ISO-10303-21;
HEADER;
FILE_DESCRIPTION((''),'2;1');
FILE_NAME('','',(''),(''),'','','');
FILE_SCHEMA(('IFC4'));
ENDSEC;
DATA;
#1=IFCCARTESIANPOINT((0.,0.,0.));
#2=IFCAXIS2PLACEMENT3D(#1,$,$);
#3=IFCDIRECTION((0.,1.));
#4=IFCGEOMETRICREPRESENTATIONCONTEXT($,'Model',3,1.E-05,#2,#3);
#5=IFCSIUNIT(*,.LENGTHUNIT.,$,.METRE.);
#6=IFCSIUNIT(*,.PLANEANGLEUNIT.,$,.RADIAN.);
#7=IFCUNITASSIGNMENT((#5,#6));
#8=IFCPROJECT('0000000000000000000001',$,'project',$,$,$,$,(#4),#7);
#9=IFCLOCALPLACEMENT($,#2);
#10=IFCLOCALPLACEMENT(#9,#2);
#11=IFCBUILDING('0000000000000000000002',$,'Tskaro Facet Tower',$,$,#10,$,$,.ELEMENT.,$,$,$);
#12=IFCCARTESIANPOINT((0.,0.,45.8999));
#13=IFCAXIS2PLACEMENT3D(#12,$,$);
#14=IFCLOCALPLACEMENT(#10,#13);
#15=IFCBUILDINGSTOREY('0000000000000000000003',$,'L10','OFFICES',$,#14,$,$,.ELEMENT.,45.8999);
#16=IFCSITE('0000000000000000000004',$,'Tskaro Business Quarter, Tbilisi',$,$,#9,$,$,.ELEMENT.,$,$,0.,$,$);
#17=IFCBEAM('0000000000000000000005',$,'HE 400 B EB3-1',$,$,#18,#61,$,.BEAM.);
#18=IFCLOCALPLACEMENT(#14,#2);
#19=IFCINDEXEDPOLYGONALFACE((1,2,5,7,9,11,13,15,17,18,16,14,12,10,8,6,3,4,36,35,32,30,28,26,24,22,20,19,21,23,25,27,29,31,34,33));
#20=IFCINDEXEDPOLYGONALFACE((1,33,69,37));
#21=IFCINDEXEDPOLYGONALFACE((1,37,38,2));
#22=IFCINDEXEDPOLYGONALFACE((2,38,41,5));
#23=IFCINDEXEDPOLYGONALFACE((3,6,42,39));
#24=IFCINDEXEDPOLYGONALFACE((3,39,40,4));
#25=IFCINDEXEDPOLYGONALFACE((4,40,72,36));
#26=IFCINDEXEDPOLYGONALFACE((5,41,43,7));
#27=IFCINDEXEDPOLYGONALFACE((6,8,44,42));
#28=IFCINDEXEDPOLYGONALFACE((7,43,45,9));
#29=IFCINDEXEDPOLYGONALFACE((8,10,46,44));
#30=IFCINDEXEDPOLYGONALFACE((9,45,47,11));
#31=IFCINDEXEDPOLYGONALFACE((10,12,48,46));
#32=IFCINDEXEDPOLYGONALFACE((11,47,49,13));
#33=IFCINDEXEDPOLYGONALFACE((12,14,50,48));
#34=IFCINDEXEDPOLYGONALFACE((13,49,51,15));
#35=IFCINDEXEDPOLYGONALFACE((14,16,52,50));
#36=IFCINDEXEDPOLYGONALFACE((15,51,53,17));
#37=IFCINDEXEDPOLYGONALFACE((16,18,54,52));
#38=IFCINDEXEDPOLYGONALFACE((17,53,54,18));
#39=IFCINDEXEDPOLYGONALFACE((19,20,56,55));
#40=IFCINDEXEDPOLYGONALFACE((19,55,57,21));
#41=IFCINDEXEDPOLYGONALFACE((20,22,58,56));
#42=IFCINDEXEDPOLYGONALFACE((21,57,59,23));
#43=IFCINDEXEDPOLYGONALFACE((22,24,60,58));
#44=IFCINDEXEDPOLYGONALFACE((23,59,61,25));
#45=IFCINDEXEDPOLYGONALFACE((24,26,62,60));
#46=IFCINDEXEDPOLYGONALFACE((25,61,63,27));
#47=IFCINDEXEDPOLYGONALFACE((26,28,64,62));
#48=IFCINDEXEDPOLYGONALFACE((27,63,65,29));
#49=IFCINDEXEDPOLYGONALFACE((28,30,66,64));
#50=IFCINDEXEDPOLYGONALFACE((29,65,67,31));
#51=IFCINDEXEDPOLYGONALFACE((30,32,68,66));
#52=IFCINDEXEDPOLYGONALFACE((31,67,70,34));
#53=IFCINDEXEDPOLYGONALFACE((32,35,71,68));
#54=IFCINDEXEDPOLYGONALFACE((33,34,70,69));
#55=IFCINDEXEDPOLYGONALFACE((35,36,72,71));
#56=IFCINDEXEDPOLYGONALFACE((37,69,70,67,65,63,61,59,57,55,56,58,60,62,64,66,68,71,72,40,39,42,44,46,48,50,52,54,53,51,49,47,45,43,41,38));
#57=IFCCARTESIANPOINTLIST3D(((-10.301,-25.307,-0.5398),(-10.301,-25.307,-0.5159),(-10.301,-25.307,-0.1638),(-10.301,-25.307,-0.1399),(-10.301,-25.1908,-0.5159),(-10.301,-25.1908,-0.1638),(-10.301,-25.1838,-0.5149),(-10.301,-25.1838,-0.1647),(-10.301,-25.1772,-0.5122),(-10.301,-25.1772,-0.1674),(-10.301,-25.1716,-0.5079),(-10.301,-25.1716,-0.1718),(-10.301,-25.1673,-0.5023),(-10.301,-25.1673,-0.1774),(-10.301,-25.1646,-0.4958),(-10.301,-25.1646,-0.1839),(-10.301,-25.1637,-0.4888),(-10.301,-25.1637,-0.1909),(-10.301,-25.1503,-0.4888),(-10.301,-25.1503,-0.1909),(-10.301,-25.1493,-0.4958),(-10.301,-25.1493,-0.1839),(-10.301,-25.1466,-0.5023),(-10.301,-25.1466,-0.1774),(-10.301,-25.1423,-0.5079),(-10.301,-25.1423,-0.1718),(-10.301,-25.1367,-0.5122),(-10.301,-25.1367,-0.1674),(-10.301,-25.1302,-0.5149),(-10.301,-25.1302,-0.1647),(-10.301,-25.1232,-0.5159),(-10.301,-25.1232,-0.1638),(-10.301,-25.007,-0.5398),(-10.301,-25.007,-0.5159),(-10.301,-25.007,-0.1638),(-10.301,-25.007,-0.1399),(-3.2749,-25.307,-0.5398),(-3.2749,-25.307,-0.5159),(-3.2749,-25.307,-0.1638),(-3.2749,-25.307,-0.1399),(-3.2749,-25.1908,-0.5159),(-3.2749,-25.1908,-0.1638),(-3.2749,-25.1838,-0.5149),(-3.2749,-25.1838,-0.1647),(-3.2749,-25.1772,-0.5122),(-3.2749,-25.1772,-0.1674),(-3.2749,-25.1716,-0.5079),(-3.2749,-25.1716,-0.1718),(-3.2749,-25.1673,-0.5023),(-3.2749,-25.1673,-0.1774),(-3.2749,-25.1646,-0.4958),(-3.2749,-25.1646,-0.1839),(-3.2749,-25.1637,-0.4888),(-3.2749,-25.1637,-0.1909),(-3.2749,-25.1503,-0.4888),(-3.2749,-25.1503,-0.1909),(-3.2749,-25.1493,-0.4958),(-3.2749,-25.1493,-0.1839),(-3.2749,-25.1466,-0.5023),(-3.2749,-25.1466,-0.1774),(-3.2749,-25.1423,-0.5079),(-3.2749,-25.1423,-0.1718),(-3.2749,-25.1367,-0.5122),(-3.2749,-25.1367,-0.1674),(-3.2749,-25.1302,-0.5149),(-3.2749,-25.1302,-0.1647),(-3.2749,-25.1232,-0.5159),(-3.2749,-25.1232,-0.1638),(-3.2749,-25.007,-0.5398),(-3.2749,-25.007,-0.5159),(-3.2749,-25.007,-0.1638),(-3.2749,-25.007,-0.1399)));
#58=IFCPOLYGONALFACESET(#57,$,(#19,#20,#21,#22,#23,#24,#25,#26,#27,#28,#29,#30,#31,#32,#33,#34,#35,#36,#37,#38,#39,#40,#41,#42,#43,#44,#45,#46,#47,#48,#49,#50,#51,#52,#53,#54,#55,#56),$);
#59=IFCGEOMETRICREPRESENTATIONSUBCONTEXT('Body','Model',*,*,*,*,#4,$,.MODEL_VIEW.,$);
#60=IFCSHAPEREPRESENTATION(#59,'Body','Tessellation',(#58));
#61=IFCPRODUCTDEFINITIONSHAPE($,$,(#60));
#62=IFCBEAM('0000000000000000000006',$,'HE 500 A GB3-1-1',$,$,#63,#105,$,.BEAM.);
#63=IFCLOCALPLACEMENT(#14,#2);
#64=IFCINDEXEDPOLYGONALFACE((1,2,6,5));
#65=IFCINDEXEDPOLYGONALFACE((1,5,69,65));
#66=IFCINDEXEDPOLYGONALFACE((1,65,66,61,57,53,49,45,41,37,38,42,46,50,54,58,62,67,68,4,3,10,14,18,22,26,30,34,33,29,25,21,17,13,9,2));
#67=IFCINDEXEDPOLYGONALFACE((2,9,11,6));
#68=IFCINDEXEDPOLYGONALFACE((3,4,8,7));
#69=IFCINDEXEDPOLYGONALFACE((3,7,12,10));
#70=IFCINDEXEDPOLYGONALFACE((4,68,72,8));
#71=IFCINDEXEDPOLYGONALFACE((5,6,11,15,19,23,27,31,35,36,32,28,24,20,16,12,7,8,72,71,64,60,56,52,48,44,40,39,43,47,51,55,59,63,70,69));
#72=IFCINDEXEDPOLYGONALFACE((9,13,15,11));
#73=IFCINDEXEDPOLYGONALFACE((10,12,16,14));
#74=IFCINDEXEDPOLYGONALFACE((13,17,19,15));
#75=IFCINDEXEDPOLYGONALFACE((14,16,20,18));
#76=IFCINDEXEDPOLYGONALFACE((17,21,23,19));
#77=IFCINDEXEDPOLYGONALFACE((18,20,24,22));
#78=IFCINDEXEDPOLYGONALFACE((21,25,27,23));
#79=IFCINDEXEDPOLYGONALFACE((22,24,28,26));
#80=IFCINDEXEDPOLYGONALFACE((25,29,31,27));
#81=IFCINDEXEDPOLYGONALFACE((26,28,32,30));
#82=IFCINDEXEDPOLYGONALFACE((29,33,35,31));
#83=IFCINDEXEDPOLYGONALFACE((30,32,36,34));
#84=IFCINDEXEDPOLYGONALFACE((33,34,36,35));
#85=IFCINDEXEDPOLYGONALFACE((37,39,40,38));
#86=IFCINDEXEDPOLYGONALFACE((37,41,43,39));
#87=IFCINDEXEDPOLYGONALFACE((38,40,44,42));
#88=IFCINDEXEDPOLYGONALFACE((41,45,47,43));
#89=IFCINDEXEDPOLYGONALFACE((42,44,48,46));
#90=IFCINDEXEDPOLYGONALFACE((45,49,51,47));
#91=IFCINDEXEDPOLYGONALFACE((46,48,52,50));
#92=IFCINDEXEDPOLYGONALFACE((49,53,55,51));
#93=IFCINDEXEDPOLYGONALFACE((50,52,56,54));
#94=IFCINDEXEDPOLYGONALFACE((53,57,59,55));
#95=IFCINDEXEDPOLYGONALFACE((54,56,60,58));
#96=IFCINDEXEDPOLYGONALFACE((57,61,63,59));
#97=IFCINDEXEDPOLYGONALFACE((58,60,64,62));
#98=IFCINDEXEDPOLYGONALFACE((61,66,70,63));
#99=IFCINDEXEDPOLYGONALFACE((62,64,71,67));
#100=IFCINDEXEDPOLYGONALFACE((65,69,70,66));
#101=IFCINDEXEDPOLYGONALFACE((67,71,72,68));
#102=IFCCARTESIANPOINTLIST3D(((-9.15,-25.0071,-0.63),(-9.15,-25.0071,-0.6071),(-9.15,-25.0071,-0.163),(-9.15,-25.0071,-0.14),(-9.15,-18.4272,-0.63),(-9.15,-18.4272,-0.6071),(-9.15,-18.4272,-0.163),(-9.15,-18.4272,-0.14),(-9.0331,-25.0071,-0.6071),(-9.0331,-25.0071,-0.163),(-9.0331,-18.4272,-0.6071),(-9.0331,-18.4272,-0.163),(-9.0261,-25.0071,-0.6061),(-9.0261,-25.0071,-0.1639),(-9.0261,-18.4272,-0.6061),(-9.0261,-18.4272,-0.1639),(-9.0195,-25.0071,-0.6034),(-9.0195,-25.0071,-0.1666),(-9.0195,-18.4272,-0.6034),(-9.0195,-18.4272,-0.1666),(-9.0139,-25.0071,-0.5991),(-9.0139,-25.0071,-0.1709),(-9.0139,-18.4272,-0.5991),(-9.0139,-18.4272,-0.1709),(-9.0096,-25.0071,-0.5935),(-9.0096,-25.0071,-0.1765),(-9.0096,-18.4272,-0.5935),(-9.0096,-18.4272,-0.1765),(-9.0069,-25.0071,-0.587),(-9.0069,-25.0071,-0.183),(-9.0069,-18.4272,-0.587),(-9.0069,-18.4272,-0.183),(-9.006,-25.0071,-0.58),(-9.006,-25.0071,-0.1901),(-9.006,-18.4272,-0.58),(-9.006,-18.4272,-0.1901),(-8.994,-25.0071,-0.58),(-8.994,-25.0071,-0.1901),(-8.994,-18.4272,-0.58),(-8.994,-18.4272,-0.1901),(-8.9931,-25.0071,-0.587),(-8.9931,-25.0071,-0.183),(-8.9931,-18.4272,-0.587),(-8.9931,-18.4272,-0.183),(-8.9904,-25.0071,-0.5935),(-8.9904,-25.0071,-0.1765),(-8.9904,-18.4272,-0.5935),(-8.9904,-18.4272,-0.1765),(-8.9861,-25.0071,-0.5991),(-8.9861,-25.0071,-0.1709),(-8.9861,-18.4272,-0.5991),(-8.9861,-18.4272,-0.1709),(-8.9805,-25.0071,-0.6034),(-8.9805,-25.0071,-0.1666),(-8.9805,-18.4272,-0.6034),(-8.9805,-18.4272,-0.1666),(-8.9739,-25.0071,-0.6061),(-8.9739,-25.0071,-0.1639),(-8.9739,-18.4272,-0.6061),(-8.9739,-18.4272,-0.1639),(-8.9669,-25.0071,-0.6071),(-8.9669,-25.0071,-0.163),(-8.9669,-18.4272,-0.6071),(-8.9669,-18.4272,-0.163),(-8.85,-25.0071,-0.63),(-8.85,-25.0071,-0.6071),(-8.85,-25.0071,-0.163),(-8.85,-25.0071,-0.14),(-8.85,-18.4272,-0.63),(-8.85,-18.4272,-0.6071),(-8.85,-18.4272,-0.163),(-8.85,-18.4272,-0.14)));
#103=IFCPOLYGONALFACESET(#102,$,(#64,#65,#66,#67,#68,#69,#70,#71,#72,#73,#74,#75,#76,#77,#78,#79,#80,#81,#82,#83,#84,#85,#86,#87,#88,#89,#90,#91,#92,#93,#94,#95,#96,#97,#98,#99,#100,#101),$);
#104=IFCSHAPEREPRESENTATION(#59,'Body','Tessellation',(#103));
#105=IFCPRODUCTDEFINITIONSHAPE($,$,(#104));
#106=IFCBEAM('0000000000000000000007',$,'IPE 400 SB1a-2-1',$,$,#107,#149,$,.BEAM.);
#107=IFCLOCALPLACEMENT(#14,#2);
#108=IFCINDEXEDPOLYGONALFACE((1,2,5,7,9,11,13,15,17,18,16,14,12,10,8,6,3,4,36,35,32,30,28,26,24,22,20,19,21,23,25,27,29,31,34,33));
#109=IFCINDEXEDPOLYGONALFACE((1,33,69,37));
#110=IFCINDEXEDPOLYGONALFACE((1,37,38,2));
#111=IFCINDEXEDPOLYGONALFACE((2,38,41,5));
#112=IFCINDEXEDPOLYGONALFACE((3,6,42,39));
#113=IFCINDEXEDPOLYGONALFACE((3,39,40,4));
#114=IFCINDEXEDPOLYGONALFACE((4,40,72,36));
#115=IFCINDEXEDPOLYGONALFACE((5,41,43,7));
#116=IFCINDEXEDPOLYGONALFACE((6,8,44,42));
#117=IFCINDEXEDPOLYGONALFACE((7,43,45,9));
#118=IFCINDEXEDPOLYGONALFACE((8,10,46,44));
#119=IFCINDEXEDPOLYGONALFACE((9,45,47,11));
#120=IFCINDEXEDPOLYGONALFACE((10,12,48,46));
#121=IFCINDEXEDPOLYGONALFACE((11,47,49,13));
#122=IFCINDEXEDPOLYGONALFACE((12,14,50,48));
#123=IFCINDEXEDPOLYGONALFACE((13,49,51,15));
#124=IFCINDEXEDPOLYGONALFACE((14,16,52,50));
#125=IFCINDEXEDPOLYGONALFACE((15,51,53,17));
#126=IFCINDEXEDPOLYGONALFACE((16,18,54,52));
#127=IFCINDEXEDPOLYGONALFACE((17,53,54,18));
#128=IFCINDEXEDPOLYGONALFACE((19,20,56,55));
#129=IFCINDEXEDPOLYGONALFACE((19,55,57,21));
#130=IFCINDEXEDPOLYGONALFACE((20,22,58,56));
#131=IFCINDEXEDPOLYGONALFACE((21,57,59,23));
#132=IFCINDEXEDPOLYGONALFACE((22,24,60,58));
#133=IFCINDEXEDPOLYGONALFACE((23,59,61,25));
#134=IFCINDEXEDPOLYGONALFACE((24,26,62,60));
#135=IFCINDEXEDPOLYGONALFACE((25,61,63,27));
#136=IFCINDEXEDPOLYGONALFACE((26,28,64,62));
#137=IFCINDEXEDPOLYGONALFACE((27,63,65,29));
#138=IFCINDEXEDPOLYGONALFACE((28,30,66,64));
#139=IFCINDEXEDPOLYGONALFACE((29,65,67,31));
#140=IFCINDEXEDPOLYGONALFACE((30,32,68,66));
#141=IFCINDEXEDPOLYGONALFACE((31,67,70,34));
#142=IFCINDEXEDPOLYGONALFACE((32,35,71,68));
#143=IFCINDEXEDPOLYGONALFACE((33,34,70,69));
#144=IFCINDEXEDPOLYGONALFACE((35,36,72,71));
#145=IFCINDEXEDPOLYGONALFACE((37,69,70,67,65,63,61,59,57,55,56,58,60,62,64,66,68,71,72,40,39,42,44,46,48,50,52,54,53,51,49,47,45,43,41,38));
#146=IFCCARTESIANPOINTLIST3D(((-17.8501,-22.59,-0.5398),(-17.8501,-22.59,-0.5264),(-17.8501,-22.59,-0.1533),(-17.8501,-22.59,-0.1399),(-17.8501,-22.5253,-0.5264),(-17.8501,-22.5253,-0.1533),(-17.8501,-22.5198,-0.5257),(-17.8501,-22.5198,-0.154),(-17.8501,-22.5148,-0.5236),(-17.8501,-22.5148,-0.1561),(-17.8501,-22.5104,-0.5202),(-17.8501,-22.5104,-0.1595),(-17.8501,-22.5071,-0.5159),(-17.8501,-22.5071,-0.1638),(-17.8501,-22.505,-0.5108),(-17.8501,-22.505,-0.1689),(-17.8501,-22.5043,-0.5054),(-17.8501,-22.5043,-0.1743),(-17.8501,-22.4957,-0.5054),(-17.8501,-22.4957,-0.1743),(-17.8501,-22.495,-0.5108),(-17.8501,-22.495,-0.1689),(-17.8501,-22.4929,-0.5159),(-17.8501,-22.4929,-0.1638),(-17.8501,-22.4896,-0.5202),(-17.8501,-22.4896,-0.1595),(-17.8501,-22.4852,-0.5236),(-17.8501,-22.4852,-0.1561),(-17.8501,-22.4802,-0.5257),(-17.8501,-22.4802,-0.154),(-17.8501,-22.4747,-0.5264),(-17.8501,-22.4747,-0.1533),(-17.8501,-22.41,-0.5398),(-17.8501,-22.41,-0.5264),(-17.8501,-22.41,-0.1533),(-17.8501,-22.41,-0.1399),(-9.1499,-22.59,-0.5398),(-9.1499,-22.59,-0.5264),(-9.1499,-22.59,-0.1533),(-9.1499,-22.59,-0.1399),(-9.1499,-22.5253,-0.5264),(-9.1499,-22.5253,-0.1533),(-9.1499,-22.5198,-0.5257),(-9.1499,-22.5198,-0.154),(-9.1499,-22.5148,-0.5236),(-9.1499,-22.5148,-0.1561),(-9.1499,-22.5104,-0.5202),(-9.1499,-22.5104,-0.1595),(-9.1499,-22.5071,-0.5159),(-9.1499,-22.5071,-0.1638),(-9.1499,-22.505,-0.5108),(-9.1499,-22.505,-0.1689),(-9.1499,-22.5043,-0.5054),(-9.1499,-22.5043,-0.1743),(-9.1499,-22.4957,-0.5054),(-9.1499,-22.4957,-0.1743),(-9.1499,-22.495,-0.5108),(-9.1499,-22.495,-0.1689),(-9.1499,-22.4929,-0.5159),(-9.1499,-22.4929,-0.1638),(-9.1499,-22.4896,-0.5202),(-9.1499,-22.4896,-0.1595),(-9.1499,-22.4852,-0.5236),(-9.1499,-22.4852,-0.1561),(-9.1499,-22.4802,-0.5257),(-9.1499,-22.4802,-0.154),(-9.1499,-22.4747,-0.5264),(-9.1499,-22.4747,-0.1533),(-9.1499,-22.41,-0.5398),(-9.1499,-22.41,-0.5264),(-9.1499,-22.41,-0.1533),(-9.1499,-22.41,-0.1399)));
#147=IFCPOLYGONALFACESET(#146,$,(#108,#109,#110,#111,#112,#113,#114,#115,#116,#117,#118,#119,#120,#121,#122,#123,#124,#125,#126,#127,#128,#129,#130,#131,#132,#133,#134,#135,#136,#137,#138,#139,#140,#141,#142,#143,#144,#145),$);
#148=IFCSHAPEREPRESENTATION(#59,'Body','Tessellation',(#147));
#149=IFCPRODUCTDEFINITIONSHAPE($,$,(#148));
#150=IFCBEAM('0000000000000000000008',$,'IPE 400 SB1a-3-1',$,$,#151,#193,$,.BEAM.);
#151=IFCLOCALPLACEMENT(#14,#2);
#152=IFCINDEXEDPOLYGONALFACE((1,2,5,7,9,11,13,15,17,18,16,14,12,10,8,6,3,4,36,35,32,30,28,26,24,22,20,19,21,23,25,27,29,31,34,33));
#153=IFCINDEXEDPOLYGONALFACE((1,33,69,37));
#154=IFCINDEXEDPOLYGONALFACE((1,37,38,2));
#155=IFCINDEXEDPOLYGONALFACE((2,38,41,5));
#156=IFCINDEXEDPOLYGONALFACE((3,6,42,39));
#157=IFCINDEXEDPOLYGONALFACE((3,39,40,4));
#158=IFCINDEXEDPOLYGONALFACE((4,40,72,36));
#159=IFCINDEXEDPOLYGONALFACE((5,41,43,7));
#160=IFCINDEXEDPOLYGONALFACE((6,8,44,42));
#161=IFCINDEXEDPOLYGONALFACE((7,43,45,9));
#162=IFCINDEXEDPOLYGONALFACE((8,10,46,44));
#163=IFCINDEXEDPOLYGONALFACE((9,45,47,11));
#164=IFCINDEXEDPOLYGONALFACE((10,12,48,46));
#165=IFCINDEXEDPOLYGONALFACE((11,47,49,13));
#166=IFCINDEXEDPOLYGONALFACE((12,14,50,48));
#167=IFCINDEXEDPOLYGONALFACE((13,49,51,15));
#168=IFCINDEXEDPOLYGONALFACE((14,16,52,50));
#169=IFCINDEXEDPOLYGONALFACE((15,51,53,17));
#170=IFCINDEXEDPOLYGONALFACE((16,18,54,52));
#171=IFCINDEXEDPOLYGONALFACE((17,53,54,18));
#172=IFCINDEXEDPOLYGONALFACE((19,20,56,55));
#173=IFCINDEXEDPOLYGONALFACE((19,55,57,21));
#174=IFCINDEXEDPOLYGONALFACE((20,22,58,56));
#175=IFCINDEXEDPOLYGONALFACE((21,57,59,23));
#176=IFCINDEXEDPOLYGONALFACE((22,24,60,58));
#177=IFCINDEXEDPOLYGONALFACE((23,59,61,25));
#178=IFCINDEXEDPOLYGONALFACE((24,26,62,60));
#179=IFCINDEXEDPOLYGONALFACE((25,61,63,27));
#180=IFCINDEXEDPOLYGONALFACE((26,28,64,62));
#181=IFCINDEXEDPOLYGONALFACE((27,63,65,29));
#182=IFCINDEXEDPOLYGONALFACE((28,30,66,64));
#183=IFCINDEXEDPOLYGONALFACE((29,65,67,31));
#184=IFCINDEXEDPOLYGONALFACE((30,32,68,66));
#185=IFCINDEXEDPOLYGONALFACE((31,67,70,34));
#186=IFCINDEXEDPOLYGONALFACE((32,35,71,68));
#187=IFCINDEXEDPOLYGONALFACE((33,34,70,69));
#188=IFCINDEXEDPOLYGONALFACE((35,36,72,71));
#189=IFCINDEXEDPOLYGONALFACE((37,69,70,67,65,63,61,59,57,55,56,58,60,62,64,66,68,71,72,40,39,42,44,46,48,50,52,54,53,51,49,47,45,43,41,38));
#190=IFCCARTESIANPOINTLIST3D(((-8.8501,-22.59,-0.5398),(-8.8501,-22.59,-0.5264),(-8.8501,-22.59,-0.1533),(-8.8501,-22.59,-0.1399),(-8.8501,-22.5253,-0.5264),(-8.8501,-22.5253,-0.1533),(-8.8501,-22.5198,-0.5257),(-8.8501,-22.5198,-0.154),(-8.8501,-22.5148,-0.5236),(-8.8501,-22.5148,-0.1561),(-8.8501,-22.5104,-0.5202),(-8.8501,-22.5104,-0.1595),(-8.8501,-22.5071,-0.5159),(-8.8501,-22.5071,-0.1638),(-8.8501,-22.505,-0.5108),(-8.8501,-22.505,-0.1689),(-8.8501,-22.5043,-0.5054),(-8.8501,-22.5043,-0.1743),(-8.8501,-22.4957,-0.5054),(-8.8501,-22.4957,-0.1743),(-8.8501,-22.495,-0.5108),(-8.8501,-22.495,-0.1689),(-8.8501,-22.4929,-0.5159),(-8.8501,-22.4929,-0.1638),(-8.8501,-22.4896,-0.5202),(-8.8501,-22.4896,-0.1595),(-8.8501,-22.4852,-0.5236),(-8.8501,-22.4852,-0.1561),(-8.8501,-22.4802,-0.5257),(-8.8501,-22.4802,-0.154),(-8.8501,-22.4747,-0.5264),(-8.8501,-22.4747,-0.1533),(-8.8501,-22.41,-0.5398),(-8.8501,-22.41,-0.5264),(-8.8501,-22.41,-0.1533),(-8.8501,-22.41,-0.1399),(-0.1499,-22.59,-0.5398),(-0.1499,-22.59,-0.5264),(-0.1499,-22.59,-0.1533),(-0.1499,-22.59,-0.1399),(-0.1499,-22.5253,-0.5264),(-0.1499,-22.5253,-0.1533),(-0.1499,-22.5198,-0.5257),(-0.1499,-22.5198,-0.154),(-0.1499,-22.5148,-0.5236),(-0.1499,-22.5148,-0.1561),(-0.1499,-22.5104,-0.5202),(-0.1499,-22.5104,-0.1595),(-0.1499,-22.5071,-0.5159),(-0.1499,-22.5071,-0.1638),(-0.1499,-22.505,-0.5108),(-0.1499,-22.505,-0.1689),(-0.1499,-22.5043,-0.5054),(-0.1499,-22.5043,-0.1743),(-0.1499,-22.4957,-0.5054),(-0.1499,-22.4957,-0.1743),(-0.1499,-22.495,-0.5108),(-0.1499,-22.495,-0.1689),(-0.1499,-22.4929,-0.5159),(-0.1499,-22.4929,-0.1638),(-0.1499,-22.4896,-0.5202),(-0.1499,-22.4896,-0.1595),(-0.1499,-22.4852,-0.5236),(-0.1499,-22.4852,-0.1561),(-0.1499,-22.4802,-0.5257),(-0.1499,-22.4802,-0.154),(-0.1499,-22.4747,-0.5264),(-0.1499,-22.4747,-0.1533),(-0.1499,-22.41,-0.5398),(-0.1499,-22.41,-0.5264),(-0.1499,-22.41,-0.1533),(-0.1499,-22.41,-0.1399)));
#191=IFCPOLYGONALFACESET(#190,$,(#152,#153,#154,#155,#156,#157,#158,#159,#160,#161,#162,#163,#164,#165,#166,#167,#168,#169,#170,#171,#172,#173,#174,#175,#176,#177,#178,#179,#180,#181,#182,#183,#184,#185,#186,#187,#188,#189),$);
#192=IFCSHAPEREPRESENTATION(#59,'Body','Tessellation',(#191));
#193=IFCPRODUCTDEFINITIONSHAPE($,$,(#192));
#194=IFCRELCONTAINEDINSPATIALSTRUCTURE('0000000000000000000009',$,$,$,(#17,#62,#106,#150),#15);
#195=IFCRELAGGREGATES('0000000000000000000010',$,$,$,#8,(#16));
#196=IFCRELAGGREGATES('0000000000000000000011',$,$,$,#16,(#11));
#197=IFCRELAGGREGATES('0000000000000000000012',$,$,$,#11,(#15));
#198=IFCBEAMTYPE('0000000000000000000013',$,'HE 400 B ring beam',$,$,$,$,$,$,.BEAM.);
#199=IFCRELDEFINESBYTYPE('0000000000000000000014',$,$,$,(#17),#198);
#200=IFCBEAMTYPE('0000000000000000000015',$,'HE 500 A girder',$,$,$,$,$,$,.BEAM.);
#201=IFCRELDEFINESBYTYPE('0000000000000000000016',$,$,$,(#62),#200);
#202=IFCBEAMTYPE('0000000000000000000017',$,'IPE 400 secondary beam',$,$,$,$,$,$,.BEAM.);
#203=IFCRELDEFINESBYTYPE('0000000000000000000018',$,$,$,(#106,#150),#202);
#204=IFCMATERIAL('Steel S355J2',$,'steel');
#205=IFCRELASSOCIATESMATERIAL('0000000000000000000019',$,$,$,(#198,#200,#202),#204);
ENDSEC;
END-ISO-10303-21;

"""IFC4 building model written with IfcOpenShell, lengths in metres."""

from ifc_helpers import new_model, si_unit, direction, frame, origin, origin_2d, place, context, subcontext, project, spatial, i_section, extrude, material, material_profile, profile_set, type_object, element, save


model = new_model("IFC4")

# Units and contexts
model_context = context("Model", 3, precision=1e-05, world=origin(), true_north=direction((0.0, 1.0)))
body_context = subcontext(model_context, "Body", "Model", "MODEL_VIEW")
ifc_project = project(units=[si_unit("LENGTHUNIT", "METRE"), si_unit("PLANEANGLEUNIT", "RADIAN")], contexts=[model_context])

# Site, building, storey
site_placement = place(None, origin())
site = spatial("IfcSite", under=ifc_project, at=site_placement, Name="Tskaro Business Quarter, Tbilisi", CompositionType="ELEMENT", RefElevation=0.0)
building_placement = place(site_placement, origin())
building = spatial("IfcBuilding", under=site, at=building_placement, Name="Tskaro Facet Tower", CompositionType="ELEMENT")
storey_placement = place(building_placement, frame((0.0, 0.0, 45.8999)))
storey = spatial("IfcBuildingStorey", under=building, at=storey_placement, Name="L10", Description="OFFICES", CompositionType="ELEMENT", Elevation=45.8999)

# Beams
ifc_material_1 = material(Name="Steel S355J2", Category="steel")
ifc_material_profile_1 = material_profile(ifc_material_1, i_section(OverallWidth=0.3, OverallDepth=0.3999, WebThickness=0.0134, FlangeThickness=0.0239, FilletRadius=0.0271, at=origin_2d()), Name="HE 400 B")
ifc_profile_set_1 = profile_set([ifc_material_profile_1], Name="Steel S355J2")
beam_type_1 = type_object("IfcBeamType", Name="HE 400 B ring beam", PredefinedType="BEAM", material=ifc_profile_set_1)
beam_1_placement = place(storey_placement, frame((-10.301, -25.157, -0.3398), z_axis=(1.0, 0.0, 0.0), x_axis=(0.0, 1.0, 0.0)))
element("IfcBeam", 1, at=beam_1_placement, inside=storey, type_object=beam_type_1, Name="HE 400 B EB3-1", PredefinedType="BEAM", context=body_context, shape_type="SweptSolid", body=[
    extrude(i_section(OverallWidth=0.3, OverallDepth=0.3999, WebThickness=0.0134, FlangeThickness=0.0239, FilletRadius=0.0271, at=origin_2d()), origin(), (0.0, 0.0, 1.0), 7.0261),
])
ifc_material_profile_2 = material_profile(ifc_material_1, i_section(OverallWidth=0.3, OverallDepth=0.49, WebThickness=0.012, FlangeThickness=0.0229, FilletRadius=0.0271, at=origin_2d()), Name="HE 500 A")
ifc_profile_set_2 = profile_set([ifc_material_profile_2], Name="Steel S355J2")
beam_type_2 = type_object("IfcBeamType", Name="HE 500 A girder", PredefinedType="BEAM", material=ifc_profile_set_2)
beam_2_placement = place(storey_placement, frame((-9.0, -25.0071, -0.385), z_axis=(0.0, 1.0, 0.0), x_axis=(-1.0, 0.0, 0.0)))
element("IfcBeam", 2, at=beam_2_placement, inside=storey, type_object=beam_type_2, Name="HE 500 A GB3-1-1", PredefinedType="BEAM", context=body_context, shape_type="SweptSolid", body=[
    extrude(i_section(OverallWidth=0.3, OverallDepth=0.49, WebThickness=0.012, FlangeThickness=0.0229, FilletRadius=0.0271, at=origin_2d()), origin(), (0.0, 0.0, 1.0), 6.5798),
])
ifc_material_profile_3 = material_profile(ifc_material_1, i_section(OverallWidth=0.1799, OverallDepth=0.3999, WebThickness=0.0085, FlangeThickness=0.0134, FilletRadius=0.021, at=origin_2d()), Name="IPE 400")
ifc_profile_set_3 = profile_set([ifc_material_profile_3], Name="Steel S355J2")
beam_type_3 = type_object("IfcBeamType", Name="IPE 400 secondary beam", PredefinedType="BEAM", material=ifc_profile_set_3)
for number, where, z_axis, x_axis, name in (
    (3, (-17.8501, -22.5, -0.3398), (1.0, 0.0, 0.0), (0.0, 1.0, 0.0), "IPE 400 SB1a-2-1"),
    (4, (-8.8501, -22.5, -0.3398), (1.0, 0.0, 0.0), (0.0, 1.0, 0.0), "IPE 400 SB1a-3-1"),
):
    element("IfcBeam", number, at=place(storey_placement, frame(where, z_axis=z_axis, x_axis=x_axis)), inside=storey, type_object=beam_type_3, Name=name, PredefinedType="BEAM", context=body_context, shape_type="SweptSolid", body=[
        extrude(i_section(OverallWidth=0.1799, OverallDepth=0.3999, WebThickness=0.0085, FlangeThickness=0.0134, FilletRadius=0.021, at=origin_2d()), origin(), (0.0, 0.0, 1.0), 8.7002),
    ])

save(model, "model.ifc")
